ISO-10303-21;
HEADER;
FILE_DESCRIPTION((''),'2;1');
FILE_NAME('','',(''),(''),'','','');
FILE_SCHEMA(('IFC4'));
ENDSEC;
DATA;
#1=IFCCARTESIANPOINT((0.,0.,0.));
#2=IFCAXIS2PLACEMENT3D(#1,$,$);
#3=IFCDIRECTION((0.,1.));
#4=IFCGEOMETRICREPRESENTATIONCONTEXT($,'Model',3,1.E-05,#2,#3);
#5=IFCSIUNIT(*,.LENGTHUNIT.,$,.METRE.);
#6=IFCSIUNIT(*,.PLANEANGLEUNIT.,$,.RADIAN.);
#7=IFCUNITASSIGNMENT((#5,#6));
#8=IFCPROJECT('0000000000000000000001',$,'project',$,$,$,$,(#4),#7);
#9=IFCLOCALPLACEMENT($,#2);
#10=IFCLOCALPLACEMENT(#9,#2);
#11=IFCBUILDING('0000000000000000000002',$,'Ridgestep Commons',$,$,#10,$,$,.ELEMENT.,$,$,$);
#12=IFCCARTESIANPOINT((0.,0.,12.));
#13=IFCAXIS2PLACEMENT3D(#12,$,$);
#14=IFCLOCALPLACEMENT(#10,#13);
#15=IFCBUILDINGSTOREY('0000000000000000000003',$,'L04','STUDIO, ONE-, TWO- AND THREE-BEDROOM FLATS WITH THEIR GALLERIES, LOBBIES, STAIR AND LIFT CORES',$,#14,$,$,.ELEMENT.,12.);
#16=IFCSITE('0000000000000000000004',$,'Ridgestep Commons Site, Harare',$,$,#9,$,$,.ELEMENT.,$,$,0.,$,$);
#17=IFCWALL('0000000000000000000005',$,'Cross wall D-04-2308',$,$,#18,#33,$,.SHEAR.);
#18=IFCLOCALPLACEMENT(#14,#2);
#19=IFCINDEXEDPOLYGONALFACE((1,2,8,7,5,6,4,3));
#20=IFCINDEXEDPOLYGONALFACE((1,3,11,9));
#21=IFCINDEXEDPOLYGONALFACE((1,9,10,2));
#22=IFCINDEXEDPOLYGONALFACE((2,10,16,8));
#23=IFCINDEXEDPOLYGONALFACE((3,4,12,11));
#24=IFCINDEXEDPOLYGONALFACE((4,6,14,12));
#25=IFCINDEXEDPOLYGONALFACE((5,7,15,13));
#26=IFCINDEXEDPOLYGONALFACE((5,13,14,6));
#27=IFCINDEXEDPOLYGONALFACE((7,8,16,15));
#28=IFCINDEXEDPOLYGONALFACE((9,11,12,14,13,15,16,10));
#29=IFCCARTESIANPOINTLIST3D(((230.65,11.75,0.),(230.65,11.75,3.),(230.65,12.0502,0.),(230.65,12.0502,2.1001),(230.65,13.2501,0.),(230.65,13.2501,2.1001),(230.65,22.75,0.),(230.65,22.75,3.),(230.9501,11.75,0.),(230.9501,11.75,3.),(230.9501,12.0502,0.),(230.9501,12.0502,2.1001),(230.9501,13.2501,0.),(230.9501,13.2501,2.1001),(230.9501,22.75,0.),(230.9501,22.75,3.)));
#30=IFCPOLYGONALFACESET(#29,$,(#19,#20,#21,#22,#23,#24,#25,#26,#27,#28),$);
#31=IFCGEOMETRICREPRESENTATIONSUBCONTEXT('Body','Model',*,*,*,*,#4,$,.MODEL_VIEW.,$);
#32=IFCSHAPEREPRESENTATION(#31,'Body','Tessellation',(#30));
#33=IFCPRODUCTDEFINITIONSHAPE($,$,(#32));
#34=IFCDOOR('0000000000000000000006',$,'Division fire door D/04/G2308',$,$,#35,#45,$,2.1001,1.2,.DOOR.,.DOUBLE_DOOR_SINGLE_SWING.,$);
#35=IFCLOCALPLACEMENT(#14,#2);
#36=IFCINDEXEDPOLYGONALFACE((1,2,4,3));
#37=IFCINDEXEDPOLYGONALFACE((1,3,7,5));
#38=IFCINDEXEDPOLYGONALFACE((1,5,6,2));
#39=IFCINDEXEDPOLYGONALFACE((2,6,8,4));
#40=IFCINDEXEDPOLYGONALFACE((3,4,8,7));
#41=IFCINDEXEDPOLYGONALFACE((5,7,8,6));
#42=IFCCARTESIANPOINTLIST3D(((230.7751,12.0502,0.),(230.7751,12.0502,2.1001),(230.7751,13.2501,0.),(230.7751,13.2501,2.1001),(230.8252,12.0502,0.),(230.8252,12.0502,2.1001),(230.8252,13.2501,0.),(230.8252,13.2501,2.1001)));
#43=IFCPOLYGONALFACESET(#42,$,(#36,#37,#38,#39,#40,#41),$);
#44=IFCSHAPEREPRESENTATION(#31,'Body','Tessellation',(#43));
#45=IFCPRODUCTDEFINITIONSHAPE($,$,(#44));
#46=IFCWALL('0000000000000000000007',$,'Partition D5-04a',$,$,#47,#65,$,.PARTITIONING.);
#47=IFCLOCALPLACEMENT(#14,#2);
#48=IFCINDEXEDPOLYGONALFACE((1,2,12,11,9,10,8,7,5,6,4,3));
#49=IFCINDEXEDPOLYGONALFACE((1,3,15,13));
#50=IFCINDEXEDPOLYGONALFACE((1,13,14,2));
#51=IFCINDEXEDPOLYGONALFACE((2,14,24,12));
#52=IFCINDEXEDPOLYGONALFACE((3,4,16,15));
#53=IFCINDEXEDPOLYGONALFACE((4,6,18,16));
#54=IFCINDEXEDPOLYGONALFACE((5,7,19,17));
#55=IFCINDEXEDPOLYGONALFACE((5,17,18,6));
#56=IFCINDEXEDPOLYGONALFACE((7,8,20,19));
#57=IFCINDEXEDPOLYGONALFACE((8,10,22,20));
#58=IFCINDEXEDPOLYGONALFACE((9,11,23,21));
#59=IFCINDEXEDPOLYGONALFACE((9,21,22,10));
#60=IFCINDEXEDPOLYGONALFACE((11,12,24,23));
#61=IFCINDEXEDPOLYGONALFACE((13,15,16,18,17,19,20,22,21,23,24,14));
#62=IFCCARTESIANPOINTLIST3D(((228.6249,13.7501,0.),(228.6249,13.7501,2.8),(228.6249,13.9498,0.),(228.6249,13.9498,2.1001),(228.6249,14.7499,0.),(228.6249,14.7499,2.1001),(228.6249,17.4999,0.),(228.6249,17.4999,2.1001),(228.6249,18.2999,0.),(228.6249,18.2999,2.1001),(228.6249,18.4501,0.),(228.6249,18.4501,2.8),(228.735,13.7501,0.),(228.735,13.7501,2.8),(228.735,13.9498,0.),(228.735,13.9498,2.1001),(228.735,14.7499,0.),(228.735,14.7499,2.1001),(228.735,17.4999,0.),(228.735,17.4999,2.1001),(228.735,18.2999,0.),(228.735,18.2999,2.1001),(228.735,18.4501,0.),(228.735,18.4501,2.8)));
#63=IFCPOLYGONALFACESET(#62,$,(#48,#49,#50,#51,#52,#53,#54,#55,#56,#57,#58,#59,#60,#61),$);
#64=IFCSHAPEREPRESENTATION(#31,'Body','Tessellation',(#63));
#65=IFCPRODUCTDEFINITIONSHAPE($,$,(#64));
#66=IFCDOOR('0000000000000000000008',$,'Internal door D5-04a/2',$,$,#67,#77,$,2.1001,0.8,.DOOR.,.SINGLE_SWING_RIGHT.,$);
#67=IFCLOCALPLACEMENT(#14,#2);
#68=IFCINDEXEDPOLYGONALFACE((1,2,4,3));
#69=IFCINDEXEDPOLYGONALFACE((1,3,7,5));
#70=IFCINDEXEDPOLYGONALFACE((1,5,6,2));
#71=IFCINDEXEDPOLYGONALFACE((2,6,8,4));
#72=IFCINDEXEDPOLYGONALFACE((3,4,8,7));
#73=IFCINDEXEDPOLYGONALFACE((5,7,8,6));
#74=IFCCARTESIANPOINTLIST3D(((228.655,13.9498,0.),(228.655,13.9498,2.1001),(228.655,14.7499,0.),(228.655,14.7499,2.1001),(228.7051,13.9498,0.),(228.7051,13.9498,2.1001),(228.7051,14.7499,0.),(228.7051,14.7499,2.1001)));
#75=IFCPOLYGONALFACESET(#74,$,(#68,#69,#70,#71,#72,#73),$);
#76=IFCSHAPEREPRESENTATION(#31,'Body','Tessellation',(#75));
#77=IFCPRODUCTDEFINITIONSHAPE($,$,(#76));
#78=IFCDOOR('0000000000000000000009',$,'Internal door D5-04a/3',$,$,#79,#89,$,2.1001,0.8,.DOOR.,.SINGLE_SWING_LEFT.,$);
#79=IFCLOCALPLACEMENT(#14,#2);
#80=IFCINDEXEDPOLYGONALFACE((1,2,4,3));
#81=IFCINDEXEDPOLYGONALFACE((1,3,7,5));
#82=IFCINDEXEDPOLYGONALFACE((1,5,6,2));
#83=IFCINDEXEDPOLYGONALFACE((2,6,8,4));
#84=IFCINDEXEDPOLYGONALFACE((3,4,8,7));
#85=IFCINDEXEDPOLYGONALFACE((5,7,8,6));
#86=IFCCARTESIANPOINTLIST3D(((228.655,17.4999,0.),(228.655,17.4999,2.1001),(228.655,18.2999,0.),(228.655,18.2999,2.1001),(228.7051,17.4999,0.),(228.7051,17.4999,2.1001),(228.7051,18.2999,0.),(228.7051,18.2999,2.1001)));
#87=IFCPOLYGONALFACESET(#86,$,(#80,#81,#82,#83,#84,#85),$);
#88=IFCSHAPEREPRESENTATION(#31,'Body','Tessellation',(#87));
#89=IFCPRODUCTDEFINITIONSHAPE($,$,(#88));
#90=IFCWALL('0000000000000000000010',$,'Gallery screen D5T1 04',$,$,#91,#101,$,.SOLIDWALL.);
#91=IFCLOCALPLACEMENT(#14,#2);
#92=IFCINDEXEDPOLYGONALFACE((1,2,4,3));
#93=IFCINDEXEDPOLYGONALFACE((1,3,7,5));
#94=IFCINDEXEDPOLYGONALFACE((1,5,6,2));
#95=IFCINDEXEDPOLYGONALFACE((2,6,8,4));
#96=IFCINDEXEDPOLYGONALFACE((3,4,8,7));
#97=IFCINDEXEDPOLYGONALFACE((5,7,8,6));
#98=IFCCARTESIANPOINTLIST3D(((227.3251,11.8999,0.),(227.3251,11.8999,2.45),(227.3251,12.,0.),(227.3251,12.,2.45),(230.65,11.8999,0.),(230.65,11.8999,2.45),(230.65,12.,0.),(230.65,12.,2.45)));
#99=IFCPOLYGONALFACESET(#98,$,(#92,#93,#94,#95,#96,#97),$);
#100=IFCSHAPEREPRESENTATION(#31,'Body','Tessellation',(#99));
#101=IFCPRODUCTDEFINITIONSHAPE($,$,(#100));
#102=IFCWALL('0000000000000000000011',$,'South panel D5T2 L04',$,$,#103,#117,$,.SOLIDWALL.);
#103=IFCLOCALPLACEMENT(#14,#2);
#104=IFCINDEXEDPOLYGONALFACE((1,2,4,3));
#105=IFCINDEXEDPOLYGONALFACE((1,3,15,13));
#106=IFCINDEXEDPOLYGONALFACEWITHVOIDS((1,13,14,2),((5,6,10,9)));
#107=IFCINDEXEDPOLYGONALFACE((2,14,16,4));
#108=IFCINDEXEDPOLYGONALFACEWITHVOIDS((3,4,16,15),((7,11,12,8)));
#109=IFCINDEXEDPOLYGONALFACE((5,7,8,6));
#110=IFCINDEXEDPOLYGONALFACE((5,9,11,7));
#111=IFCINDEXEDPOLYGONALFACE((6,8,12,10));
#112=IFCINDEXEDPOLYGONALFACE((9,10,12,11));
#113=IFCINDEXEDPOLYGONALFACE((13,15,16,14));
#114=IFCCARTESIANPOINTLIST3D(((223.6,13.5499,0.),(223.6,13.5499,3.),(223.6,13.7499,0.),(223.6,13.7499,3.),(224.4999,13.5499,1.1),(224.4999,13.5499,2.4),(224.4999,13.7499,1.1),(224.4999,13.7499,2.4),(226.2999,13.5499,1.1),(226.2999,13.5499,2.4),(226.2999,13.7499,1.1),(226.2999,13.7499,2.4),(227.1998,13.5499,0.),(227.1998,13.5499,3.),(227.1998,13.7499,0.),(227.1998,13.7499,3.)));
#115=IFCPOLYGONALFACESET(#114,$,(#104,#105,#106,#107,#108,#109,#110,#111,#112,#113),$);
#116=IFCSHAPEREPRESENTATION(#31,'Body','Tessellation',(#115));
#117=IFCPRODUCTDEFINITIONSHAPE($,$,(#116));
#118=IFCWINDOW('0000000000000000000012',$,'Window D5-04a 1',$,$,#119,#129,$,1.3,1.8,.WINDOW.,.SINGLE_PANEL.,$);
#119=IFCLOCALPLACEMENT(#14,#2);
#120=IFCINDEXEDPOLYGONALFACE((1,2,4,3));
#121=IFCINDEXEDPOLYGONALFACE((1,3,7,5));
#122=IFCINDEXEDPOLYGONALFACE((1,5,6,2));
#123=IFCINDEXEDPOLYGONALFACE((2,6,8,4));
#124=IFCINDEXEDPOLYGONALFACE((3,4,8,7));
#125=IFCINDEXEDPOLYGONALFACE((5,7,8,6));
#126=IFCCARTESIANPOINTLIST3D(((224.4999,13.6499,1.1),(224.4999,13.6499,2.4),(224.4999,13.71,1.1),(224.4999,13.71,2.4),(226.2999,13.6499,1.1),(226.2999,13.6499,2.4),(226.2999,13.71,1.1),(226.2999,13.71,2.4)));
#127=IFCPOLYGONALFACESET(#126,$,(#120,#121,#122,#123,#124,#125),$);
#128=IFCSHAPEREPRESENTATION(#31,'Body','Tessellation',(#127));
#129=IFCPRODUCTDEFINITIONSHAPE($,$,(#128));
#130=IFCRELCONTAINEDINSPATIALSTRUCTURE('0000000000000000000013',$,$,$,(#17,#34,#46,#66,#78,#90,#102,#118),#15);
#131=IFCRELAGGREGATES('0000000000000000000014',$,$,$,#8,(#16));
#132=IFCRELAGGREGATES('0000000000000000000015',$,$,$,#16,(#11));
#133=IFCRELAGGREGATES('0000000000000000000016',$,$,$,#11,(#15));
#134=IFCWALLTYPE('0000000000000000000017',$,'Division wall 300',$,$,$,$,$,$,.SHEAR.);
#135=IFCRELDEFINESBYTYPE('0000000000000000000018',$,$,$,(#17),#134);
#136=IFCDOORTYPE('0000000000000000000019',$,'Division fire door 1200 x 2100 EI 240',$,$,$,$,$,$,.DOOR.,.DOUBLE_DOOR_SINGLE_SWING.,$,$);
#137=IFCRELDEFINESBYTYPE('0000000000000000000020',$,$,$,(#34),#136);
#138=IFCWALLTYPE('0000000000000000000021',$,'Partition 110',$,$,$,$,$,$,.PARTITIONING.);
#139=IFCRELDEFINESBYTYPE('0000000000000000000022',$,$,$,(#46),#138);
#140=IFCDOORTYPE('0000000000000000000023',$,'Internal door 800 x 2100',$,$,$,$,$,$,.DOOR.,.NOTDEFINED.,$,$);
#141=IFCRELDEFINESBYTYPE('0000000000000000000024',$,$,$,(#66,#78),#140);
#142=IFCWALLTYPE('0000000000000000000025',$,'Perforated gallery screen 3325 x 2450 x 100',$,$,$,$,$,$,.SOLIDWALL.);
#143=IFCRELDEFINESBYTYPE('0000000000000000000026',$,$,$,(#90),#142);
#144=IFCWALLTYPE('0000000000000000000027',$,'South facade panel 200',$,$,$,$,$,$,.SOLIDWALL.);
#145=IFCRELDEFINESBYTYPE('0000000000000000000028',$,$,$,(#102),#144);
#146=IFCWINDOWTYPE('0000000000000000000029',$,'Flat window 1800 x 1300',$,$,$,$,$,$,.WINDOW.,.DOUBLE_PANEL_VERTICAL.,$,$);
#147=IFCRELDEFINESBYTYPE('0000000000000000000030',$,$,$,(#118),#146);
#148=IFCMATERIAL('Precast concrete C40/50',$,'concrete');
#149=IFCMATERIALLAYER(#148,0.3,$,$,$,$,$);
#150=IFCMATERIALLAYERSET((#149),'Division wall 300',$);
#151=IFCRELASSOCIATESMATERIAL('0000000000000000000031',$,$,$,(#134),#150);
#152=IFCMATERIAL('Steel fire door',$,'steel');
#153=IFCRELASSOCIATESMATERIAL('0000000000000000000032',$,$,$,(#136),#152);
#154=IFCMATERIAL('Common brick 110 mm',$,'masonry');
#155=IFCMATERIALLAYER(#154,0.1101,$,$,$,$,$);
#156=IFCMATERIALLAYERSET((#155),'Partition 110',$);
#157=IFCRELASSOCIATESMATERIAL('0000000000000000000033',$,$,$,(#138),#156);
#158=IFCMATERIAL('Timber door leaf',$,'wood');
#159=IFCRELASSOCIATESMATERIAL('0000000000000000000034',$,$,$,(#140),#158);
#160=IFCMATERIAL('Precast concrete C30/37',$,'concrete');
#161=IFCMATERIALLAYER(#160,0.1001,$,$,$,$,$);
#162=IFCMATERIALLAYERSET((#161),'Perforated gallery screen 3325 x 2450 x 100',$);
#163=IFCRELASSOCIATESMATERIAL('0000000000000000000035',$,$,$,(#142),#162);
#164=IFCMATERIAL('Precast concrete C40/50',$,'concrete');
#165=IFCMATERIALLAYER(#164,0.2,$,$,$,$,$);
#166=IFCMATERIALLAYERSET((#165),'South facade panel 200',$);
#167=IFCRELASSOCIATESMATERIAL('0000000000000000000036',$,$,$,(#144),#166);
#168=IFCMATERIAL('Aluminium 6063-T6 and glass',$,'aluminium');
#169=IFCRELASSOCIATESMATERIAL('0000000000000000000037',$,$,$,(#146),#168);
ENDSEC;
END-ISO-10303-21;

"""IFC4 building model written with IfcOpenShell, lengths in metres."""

from ifc_helpers import new_model, si_unit, direction, frame, frame_2d, origin, place, context, subcontext, project, spatial, rectangle, extrude, material, layer, layer_set, type_object, element, fill, save


model = new_model("IFC4")

# Units and contexts
model_context = context("Model", 3, precision=1e-05, world=origin(), true_north=direction((0.0, 1.0)))
body_context = subcontext(model_context, "Body", "Model", "MODEL_VIEW")
ifc_project = project(units=[si_unit("LENGTHUNIT", "METRE"), si_unit("PLANEANGLEUNIT", "RADIAN")], contexts=[model_context])

# Site, building, storey
site_placement = place(None, origin())
site = spatial("IfcSite", under=ifc_project, at=site_placement, Name="Ridgestep Commons Site, Harare", CompositionType="ELEMENT", RefElevation=0.0)
building_placement = place(site_placement, origin())
building = spatial("IfcBuilding", under=site, at=building_placement, Name="Ridgestep Commons", CompositionType="ELEMENT")
storey_placement = place(building_placement, frame((0.0, 0.0, 12.0)))
storey = spatial("IfcBuildingStorey", under=building, at=storey_placement, Name="L04", Description="STUDIO, ONE-, TWO- AND THREE-BEDROOM FLATS WITH THEIR GALLERIES, LOBBIES, STAIR AND LIFT CORES", CompositionType="ELEMENT", Elevation=12.0)

# Wall, opening, door
ifc_material_1 = material(Name="Precast concrete C40/50", Category="concrete")
ifc_layer_1 = layer(ifc_material_1, 0.3)
ifc_layer_set_1 = layer_set([ifc_layer_1], Name="Division wall 300")
wall_type_1 = type_object("IfcWallType", Name="Division wall 300", PredefinedType="SHEAR", material=ifc_layer_set_1)
wall_1_placement = place(storey_placement, frame((230.8, 11.75, 0.0), z_axis=(0.0, 0.0, 1.0), x_axis=(0.0, 1.0, 0.0)))
wall_1 = element("IfcWall", 1, at=wall_1_placement, inside=storey, type_object=wall_type_1, Name="Cross wall D-04-2308", PredefinedType="SHEAR", context=body_context, shape_type="SweptSolid", body=[
    extrude(rectangle(XDim=11.0, YDim=0.3, at=frame_2d((5.5, 0.0))), origin(), (0.0, 0.0, 1.0), 3.0),
])
opening_1_placement = place(wall_1_placement, frame((0.3, 0.0, 0.0)))
opening_1 = element("IfcOpeningElement", 2, at=opening_1_placement, cuts=wall_1, PredefinedType="OPENING", context=body_context, shape_type="SweptSolid", body=[
    extrude(rectangle(XDim=1.2, YDim=2.1001, at=frame_2d((0.6001, 1.05))), frame((0.0, 0.1599, 0.0), z_axis=(0.0, -1.0, 0.0), x_axis=(1.0, 0.0, 0.0)), (0.0, 0.0, 1.0), 0.3201),
])
ifc_material_2 = material(Name="Steel fire door", Category="steel")
door_type_1 = type_object("IfcDoorType", Name="Division fire door 1200 x 2100 EI 240", OperationType="DOUBLE_DOOR_SINGLE_SWING", PredefinedType="DOOR", material=ifc_material_2)
door_1_placement = place(opening_1_placement, origin())
door_1 = element("IfcDoor", 3, at=door_1_placement, inside=storey, type_object=door_type_1, Name="Division fire door D/04/G2308", OperationType="DOUBLE_DOOR_SINGLE_SWING", OverallHeight=2.1001, OverallWidth=1.2, PredefinedType="DOOR", context=body_context, shape_type="SweptSolid", body=[
    extrude(rectangle(XDim=1.2, YDim=2.1001, at=frame_2d((0.6001, 1.05))), frame((0.0, 0.0249, 0.0), z_axis=(0.0, -1.0, 0.0), x_axis=(1.0, 0.0, 0.0)), (0.0, 0.0, 1.0), 0.05),
])
fill(opening_1, door_1)

# Wall, openings, doors
ifc_material_3 = material(Name="Common brick 110 mm", Category="masonry")
ifc_layer_2 = layer(ifc_material_3, 0.1101)
ifc_layer_set_2 = layer_set([ifc_layer_2], Name="Partition 110")
wall_type_2 = type_object("IfcWallType", Name="Partition 110", PredefinedType="PARTITIONING", material=ifc_layer_set_2)
wall_2_placement = place(storey_placement, frame((228.6799, 13.75, 0.0), z_axis=(0.0, 0.0, 1.0), x_axis=(0.0, 1.0, 0.0)))
wall_2 = element("IfcWall", 4, at=wall_2_placement, inside=storey, type_object=wall_type_2, Name="Partition D5-04a", PredefinedType="PARTITIONING", context=body_context, shape_type="SweptSolid", body=[
    extrude(rectangle(XDim=4.7, YDim=0.1101, at=frame_2d((2.3501, 0.0))), origin(), (0.0, 0.0, 1.0), 2.8),
])
opening_2_placement = place(wall_2_placement, frame((0.2, 0.0, 0.0)))
opening_2 = element("IfcOpeningElement", 5, at=opening_2_placement, cuts=wall_2, PredefinedType="OPENING", context=body_context, shape_type="SweptSolid", body=[
    extrude(rectangle(XDim=0.8, YDim=2.1001, at=frame_2d((0.3999, 1.05))), frame((0.0, 0.0649, 0.0), z_axis=(0.0, -1.0, 0.0), x_axis=(1.0, 0.0, 0.0)), (0.0, 0.0, 1.0), 0.1301),
])
opening_3_placement = place(wall_2_placement, frame((3.75, 0.0, 0.0)))
opening_3 = element("IfcOpeningElement", 6, at=opening_3_placement, cuts=wall_2, PredefinedType="OPENING", context=body_context, shape_type="SweptSolid", body=[
    extrude(rectangle(XDim=0.8, YDim=2.1001, at=frame_2d((0.3999, 1.05))), frame((0.0, 0.0649, 0.0), z_axis=(0.0, -1.0, 0.0), x_axis=(1.0, 0.0, 0.0)), (0.0, 0.0, 1.0), 0.1301),
])
ifc_material_4 = material(Name="Timber door leaf", Category="wood")
door_type_2 = type_object("IfcDoorType", Name="Internal door 800 x 2100", OperationType="NOTDEFINED", PredefinedType="DOOR", material=ifc_material_4)
door_2_placement = place(opening_2_placement, origin())
door_2 = element("IfcDoor", 7, at=door_2_placement, inside=storey, type_object=door_type_2, Name="Internal door D5-04a/2", OperationType="SINGLE_SWING_RIGHT", OverallHeight=2.1001, OverallWidth=0.8, PredefinedType="DOOR", context=body_context, shape_type="SweptSolid", body=[
    extrude(rectangle(XDim=0.8, YDim=2.1001, at=frame_2d((0.3999, 1.05))), frame((0.0, 0.0249, 0.0), z_axis=(0.0, -1.0, 0.0), x_axis=(1.0, 0.0, 0.0)), (0.0, 0.0, 1.0), 0.05),
])
fill(opening_2, door_2)
door_3_placement = place(opening_3_placement, origin())
door_3 = element("IfcDoor", 8, at=door_3_placement, inside=storey, type_object=door_type_2, Name="Internal door D5-04a/3", OperationType="SINGLE_SWING_LEFT", OverallHeight=2.1001, OverallWidth=0.8, PredefinedType="DOOR", context=body_context, shape_type="SweptSolid", body=[
    extrude(rectangle(XDim=0.8, YDim=2.1001, at=frame_2d((0.3999, 1.05))), frame((0.0, 0.0249, 0.0), z_axis=(0.0, -1.0, 0.0), x_axis=(1.0, 0.0, 0.0)), (0.0, 0.0, 1.0), 0.05),
])
fill(opening_3, door_3)

# Wall
ifc_material_5 = material(Name="Precast concrete C30/37", Category="concrete")
ifc_layer_3 = layer(ifc_material_5, 0.1001)
ifc_layer_set_3 = layer_set([ifc_layer_3], Name="Perforated gallery screen 3325 x 2450 x 100")
wall_type_3 = type_object("IfcWallType", Name="Perforated gallery screen 3325 x 2450 x 100", PredefinedType="SOLIDWALL", material=ifc_layer_set_3)
wall_3_placement = place(storey_placement, frame((227.325, 11.95, 0.0), z_axis=(0.0, 0.0, 1.0), x_axis=(1.0, 0.0, 0.0)))
element("IfcWall", 9, at=wall_3_placement, inside=storey, type_object=wall_type_3, Name="Gallery screen D5T1 04", PredefinedType="SOLIDWALL", context=body_context, shape_type="SweptSolid", body=[
    extrude(rectangle(XDim=3.325, YDim=0.1001, at=frame_2d((1.6626, 0.0))), origin(), (0.0, 0.0, 1.0), 2.45),
])

# Wall, opening, window
ifc_material_6 = material(Name="Precast concrete C40/50", Category="concrete")
ifc_layer_4 = layer(ifc_material_6, 0.2)
ifc_layer_set_4 = layer_set([ifc_layer_4], Name="South facade panel 200")
wall_type_4 = type_object("IfcWallType", Name="South facade panel 200", PredefinedType="SOLIDWALL", material=ifc_layer_set_4)
wall_4_placement = place(storey_placement, frame((223.6001, 13.6499, 0.0), z_axis=(0.0, 0.0, 1.0), x_axis=(1.0, 0.0, 0.0)))
wall_4 = element("IfcWall", 10, at=wall_4_placement, inside=storey, type_object=wall_type_4, Name="South panel D5T2 L04", PredefinedType="SOLIDWALL", context=body_context, shape_type="SweptSolid", body=[
    extrude(rectangle(XDim=3.5999, YDim=0.2, at=frame_2d((1.7998, 0.0))), origin(), (0.0, 0.0, 1.0), 3.0),
])
opening_4_placement = place(wall_4_placement, frame((0.8999, 0.0, 1.1001)))
opening_4 = element("IfcOpeningElement", 11, at=opening_4_placement, cuts=wall_4, PredefinedType="OPENING", context=body_context, shape_type="SweptSolid", body=[
    extrude(rectangle(XDim=1.8, YDim=1.3, at=frame_2d((0.8999, 0.6499))), frame((0.0, 0.1099, 0.0), z_axis=(0.0, -1.0, 0.0), x_axis=(1.0, 0.0, 0.0)), (0.0, 0.0, 1.0), 0.22),
])
ifc_material_7 = material(Name="Aluminium 6063-T6 and glass", Category="aluminium")
window_type_1 = type_object("IfcWindowType", Name="Flat window 1800 x 1300", PartitioningType="DOUBLE_PANEL_VERTICAL", PredefinedType="WINDOW", material=ifc_material_7)
window_1_placement = place(opening_4_placement, origin())
window_1 = element("IfcWindow", 12, at=window_1_placement, inside=storey, type_object=window_type_1, Name="Window D5-04a 1", OverallHeight=1.3, OverallWidth=1.8, PartitioningType="SINGLE_PANEL", PredefinedType="WINDOW", context=body_context, shape_type="SweptSolid", body=[
    extrude(rectangle(XDim=1.8, YDim=1.3, at=frame_2d((0.8999, 0.6499))), frame((0.0, 0.0601, 0.0), z_axis=(0.0, -1.0, 0.0), x_axis=(1.0, 0.0, 0.0)), (0.0, 0.0, 1.0), 0.0601),
])
fill(opening_4, window_1)

save(model, "model.ifc")
